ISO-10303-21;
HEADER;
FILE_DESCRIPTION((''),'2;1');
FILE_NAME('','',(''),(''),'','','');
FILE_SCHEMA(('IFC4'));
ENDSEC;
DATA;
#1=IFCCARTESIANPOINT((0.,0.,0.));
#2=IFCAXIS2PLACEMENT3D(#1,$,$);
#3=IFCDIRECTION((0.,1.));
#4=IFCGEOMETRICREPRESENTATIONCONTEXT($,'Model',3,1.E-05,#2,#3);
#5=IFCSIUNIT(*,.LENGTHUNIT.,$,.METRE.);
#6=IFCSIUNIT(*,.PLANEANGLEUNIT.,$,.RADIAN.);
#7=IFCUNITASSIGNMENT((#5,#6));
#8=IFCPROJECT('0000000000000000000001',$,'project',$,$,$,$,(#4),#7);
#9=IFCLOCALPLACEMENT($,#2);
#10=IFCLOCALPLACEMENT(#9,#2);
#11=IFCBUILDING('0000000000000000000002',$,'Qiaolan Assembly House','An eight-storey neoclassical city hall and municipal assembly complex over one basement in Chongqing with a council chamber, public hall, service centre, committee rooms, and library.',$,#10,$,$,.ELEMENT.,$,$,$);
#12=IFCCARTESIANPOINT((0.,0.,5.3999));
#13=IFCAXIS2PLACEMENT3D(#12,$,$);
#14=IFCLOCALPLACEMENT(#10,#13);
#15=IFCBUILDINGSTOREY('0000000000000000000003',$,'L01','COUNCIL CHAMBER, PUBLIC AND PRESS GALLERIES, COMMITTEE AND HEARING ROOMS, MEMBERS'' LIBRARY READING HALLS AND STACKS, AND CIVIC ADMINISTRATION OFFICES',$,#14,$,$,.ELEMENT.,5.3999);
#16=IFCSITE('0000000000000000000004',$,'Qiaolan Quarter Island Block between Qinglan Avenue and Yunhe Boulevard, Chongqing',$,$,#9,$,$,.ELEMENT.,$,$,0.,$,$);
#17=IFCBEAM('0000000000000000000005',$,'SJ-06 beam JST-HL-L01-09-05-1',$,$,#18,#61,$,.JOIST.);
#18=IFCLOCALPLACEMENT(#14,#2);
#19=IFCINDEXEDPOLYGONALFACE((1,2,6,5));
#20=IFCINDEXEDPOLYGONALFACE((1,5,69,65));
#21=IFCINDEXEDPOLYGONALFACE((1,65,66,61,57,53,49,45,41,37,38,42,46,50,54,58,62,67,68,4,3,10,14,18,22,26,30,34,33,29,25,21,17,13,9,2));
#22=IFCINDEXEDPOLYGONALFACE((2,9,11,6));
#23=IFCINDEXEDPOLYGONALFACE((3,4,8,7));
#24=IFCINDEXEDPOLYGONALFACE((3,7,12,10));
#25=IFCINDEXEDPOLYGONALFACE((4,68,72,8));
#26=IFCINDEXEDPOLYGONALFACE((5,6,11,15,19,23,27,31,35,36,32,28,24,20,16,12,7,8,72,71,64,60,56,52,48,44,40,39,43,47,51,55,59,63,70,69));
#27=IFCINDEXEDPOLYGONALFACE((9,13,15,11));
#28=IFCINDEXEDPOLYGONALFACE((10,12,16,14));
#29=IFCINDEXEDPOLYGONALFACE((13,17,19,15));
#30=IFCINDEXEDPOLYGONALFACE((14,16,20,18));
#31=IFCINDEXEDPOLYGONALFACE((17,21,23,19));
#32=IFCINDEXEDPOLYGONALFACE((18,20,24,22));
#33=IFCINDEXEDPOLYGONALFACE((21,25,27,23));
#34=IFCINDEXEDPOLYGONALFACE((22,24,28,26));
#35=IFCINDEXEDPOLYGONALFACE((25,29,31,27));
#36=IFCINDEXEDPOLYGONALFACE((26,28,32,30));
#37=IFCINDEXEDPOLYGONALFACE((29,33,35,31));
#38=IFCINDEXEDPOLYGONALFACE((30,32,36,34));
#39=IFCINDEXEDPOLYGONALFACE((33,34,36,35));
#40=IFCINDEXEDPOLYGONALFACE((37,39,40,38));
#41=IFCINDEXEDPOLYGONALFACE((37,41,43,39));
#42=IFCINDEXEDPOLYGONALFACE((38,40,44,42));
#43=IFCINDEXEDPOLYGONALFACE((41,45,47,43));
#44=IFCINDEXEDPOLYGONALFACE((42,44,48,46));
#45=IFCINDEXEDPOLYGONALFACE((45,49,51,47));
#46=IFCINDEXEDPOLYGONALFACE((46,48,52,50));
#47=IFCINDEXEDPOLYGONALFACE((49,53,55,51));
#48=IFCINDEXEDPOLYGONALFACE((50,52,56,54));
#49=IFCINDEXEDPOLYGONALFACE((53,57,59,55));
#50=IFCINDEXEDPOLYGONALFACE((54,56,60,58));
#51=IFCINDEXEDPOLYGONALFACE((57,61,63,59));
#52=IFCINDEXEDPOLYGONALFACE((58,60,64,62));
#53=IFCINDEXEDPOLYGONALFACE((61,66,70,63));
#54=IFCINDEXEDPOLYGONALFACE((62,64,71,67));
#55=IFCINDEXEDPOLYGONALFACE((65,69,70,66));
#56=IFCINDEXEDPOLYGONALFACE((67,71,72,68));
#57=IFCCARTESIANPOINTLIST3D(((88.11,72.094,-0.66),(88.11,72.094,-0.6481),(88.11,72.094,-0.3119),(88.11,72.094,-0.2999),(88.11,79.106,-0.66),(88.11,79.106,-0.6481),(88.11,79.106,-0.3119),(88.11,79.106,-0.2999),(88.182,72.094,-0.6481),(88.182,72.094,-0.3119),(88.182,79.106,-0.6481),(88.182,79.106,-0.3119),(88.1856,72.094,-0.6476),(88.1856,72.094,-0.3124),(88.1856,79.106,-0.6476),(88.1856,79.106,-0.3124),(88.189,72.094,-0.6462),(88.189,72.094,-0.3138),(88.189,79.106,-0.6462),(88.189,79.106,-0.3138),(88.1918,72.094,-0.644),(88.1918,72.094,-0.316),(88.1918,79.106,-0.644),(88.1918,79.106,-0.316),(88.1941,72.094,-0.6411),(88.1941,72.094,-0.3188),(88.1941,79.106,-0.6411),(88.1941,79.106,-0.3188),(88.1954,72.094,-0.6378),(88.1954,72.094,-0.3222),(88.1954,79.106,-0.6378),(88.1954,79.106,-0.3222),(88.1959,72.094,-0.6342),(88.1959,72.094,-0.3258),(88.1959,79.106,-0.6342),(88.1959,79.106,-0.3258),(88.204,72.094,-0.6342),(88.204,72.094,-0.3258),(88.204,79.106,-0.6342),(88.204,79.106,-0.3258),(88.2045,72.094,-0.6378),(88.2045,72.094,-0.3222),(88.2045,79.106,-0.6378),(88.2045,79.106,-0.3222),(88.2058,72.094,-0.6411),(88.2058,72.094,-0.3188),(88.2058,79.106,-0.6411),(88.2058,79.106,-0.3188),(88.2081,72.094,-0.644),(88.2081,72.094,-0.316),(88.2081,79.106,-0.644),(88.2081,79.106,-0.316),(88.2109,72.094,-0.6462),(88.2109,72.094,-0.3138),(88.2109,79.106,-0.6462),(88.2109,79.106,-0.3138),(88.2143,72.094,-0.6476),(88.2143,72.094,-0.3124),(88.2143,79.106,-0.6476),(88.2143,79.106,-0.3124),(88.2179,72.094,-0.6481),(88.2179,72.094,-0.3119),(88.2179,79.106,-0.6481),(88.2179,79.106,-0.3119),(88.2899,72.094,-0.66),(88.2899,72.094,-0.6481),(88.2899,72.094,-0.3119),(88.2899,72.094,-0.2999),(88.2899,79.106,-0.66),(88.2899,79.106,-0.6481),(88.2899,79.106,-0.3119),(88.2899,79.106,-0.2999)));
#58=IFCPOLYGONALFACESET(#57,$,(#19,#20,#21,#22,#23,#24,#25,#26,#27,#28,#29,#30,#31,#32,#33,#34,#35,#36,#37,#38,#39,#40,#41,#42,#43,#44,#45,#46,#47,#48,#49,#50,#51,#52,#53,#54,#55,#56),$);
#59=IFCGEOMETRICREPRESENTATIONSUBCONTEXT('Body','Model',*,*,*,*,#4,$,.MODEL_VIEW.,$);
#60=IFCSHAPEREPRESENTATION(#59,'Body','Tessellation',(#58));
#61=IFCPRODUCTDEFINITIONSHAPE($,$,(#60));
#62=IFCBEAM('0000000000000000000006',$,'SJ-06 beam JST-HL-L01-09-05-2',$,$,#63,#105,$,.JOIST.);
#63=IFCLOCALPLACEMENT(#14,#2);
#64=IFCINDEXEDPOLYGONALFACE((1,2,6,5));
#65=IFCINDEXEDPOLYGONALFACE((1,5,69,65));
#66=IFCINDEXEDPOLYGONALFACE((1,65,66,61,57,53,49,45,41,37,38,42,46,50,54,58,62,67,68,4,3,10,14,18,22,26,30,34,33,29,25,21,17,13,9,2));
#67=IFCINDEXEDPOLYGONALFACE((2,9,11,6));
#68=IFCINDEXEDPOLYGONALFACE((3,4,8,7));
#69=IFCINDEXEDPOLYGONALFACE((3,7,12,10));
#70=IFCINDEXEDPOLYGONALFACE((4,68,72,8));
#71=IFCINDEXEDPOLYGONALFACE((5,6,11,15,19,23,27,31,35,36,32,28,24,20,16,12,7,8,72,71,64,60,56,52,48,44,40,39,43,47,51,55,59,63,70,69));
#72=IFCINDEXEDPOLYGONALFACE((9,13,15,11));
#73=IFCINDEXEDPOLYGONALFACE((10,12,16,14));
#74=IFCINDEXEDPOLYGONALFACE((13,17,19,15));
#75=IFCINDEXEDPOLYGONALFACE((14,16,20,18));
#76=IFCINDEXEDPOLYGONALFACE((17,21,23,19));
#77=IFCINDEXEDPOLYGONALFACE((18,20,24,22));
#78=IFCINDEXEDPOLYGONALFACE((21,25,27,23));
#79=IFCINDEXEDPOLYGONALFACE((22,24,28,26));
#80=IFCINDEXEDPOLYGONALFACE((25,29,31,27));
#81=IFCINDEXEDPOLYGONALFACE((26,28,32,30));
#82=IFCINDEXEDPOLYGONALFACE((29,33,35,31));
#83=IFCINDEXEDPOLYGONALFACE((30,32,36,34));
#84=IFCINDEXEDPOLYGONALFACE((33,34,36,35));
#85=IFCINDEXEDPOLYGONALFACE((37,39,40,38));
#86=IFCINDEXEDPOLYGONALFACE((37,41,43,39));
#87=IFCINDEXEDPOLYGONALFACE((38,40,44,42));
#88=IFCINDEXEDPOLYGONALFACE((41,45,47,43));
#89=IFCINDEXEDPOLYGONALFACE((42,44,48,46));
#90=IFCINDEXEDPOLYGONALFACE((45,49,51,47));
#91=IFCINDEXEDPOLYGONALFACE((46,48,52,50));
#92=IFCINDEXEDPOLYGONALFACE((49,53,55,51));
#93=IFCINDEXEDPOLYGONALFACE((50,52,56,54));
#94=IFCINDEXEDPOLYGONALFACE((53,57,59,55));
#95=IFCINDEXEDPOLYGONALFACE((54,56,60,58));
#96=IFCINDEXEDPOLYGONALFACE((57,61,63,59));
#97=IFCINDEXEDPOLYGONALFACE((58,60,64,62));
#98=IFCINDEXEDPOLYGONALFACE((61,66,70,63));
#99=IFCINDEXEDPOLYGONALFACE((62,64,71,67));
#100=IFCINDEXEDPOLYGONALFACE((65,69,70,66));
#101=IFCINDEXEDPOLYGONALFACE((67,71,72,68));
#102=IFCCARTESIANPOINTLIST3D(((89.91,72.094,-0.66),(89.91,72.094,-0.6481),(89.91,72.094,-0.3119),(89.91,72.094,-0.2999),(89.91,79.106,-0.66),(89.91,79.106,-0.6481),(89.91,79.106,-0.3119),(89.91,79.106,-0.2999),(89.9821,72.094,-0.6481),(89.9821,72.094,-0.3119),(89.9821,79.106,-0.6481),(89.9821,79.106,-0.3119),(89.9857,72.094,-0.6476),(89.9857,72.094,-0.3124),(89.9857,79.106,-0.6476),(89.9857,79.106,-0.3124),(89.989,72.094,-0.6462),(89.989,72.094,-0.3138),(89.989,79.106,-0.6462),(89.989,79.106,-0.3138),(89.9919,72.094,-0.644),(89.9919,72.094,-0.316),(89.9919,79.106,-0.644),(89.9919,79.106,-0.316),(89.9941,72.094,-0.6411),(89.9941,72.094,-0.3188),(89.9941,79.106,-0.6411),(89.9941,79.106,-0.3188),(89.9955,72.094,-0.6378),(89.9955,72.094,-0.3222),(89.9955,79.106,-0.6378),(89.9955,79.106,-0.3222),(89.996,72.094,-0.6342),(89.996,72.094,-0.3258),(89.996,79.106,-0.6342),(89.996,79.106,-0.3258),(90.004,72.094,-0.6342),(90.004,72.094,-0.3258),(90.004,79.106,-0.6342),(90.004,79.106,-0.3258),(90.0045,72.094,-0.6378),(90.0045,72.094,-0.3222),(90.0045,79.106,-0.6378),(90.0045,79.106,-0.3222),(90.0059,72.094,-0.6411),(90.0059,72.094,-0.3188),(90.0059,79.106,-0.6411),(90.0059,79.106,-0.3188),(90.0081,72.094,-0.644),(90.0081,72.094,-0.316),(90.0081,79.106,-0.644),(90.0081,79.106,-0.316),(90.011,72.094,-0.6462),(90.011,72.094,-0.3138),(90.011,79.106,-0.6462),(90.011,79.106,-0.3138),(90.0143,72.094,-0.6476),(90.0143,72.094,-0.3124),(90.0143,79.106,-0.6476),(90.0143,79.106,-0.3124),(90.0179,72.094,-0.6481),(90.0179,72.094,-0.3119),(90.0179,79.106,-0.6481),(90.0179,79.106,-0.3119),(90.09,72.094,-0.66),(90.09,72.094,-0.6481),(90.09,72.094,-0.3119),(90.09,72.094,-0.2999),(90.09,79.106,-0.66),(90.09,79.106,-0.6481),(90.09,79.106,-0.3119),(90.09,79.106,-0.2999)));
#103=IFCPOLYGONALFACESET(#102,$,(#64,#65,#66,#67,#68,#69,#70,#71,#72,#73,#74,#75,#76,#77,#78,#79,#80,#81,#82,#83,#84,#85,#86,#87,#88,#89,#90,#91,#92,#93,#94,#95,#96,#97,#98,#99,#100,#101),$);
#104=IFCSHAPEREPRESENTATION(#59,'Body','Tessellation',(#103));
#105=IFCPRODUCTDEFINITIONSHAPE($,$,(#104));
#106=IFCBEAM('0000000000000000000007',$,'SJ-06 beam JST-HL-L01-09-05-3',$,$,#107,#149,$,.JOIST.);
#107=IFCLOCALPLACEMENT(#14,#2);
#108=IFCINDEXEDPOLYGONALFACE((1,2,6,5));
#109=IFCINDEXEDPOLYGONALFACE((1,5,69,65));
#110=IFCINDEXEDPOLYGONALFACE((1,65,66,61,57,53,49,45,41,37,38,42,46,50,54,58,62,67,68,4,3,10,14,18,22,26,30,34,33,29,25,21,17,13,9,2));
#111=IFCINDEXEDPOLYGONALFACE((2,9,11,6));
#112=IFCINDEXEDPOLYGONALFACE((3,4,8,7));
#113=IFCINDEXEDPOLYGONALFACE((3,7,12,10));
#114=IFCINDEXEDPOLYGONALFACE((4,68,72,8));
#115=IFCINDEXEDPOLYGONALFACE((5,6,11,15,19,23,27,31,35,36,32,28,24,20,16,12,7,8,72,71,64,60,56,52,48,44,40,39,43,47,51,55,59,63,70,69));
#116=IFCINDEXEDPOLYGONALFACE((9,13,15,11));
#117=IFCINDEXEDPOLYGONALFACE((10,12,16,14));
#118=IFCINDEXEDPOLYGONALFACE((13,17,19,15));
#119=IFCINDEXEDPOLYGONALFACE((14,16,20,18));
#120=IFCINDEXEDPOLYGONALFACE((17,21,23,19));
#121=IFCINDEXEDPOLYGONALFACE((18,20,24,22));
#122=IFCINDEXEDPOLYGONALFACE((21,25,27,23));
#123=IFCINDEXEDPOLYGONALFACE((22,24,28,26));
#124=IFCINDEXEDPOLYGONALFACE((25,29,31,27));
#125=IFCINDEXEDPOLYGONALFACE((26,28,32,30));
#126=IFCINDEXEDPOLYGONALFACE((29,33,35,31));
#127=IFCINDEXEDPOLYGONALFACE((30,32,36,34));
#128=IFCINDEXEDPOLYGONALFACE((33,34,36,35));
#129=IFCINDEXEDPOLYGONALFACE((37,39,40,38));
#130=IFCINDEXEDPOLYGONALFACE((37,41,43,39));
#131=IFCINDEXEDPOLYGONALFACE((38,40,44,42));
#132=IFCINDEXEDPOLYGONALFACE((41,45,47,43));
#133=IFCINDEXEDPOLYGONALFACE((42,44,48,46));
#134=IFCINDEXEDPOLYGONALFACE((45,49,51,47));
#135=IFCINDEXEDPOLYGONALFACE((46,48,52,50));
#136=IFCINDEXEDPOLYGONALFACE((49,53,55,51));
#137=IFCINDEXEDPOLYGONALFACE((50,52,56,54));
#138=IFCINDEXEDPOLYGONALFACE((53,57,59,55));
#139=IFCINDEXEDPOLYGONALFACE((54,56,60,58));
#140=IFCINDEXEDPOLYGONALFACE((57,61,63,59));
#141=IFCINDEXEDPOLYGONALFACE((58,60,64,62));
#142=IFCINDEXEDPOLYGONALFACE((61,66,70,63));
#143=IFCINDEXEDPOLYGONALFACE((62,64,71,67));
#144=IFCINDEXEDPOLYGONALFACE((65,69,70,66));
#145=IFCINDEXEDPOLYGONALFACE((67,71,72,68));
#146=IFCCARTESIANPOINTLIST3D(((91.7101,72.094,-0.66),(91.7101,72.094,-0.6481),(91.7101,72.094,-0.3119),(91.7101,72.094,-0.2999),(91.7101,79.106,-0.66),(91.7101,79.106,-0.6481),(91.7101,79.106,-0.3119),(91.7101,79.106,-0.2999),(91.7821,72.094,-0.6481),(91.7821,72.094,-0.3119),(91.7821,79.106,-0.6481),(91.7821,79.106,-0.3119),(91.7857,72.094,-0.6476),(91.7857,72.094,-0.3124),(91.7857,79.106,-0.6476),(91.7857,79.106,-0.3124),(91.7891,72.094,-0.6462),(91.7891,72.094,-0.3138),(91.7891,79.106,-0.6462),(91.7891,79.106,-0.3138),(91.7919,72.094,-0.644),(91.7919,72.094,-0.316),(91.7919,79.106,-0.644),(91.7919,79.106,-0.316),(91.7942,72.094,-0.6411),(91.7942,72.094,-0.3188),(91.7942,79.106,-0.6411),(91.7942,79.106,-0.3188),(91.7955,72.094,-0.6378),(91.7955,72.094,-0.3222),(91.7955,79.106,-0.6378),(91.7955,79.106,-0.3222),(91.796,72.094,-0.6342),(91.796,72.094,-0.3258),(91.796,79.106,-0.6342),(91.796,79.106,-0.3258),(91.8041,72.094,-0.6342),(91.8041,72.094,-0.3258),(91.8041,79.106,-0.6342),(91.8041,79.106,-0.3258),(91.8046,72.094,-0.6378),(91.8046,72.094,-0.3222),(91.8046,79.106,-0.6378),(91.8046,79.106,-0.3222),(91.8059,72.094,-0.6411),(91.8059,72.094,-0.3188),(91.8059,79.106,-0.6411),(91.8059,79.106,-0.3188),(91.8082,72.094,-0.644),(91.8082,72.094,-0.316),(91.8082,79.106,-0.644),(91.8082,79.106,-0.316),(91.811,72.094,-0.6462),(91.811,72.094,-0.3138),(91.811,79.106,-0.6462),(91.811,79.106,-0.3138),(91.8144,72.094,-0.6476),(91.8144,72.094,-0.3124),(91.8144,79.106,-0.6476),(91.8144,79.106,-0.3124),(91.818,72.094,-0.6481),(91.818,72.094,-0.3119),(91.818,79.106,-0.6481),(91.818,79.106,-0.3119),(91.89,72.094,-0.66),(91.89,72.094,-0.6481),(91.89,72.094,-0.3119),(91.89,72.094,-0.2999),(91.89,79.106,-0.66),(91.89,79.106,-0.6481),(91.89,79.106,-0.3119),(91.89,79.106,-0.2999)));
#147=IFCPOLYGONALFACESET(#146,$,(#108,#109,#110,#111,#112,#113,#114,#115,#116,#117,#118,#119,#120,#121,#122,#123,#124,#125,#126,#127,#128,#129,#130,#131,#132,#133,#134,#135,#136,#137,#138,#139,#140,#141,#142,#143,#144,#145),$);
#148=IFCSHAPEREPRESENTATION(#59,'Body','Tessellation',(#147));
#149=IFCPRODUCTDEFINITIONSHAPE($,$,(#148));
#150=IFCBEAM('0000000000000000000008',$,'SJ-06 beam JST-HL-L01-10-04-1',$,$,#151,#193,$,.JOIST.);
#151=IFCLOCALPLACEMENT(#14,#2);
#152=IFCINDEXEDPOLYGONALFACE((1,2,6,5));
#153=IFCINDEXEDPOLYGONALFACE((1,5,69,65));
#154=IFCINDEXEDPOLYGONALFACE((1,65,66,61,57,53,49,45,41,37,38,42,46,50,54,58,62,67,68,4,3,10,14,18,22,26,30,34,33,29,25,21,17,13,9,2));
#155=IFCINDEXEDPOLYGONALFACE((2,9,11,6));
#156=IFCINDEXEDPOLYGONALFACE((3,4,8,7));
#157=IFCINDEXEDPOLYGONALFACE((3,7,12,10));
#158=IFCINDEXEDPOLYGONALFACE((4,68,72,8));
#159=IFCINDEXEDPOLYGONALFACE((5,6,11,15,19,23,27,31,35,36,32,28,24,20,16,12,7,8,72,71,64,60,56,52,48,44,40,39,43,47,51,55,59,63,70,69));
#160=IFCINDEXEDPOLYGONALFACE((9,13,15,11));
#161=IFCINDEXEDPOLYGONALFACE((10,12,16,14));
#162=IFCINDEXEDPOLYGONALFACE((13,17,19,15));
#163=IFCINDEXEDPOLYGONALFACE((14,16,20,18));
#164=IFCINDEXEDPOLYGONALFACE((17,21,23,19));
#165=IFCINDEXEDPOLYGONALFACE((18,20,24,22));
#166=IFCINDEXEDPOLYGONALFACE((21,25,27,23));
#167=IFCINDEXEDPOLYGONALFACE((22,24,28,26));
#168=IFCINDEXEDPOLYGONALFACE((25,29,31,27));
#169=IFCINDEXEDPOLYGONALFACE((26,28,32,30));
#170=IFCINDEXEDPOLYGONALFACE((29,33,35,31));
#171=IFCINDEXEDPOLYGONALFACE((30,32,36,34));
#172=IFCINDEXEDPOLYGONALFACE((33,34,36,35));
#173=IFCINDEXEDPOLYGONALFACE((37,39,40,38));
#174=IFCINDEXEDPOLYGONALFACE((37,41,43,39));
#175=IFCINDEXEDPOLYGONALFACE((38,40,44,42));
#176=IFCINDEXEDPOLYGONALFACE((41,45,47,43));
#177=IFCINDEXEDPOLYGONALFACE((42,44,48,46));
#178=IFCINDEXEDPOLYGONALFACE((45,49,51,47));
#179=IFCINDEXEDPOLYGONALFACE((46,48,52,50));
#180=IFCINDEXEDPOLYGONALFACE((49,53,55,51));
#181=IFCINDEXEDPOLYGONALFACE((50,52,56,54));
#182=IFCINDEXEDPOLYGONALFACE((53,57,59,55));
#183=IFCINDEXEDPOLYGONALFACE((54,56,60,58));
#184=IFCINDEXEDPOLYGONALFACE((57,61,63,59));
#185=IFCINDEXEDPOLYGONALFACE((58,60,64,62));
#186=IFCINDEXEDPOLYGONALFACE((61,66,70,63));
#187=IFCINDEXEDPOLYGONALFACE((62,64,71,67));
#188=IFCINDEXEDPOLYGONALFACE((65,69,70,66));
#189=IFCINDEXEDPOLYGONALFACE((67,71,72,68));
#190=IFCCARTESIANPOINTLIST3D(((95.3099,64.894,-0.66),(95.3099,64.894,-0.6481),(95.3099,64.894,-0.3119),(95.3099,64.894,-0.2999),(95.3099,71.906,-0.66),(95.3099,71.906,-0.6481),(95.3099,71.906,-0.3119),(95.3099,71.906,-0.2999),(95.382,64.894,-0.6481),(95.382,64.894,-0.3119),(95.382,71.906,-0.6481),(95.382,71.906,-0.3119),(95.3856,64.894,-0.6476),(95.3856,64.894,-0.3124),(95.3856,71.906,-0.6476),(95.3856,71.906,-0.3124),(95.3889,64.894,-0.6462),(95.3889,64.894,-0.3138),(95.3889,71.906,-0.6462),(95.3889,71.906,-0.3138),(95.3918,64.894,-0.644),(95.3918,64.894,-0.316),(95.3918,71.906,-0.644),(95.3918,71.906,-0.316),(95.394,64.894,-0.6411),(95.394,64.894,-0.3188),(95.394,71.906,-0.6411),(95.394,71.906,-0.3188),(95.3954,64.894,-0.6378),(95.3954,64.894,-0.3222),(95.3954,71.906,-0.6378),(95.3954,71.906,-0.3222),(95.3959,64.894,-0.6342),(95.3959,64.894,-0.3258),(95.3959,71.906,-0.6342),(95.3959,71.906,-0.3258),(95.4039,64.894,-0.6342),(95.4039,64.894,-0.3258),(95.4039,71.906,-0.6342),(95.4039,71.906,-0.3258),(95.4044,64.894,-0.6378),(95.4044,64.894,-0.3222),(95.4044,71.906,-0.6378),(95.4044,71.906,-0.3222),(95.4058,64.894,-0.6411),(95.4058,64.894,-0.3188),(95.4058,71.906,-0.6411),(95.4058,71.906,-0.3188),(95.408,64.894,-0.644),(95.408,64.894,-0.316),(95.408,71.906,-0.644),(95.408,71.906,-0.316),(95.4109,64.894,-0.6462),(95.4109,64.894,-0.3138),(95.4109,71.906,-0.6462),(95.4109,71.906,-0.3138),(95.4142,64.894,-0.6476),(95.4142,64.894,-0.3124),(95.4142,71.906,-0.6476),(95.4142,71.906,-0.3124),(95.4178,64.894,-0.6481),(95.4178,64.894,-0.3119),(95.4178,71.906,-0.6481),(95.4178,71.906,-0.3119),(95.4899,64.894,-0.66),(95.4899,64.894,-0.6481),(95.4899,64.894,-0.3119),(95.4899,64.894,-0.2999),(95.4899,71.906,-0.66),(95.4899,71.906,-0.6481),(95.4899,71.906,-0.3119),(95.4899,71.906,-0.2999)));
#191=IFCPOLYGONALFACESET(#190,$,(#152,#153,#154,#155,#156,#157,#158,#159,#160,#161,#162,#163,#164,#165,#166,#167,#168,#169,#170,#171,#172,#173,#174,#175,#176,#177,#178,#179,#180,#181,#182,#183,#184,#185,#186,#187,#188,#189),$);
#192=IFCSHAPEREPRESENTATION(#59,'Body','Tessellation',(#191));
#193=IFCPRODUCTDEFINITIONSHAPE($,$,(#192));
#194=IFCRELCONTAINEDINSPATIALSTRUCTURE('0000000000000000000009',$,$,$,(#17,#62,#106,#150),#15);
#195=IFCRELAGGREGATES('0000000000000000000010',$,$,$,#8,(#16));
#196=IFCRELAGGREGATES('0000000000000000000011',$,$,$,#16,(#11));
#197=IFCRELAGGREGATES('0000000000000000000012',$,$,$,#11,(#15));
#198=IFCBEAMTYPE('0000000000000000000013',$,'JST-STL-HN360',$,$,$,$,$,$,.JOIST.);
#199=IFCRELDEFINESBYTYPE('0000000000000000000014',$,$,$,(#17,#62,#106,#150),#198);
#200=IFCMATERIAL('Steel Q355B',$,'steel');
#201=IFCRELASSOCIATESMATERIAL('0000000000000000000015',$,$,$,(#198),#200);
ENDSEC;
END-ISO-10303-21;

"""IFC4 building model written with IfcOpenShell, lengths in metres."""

from ifc_helpers import new_model, si_unit, direction, frame, origin, origin_2d, place, context, subcontext, project, spatial, i_section, extrude, material, material_profile, profile_set, type_object, element, save


model = new_model("IFC4")

# Units and contexts
model_context = context("Model", 3, precision=1e-05, world=origin(), true_north=direction((0.0, 1.0)))
body_context = subcontext(model_context, "Body", "Model", "MODEL_VIEW")
ifc_project = project(units=[si_unit("LENGTHUNIT", "METRE"), si_unit("PLANEANGLEUNIT", "RADIAN")], contexts=[model_context])

# Site, building, storey
site_placement = place(None, origin())
site = spatial("IfcSite", under=ifc_project, at=site_placement, Name="Qiaolan Quarter Island Block between Qinglan Avenue and Yunhe Boulevard, Chongqing", CompositionType="ELEMENT", RefElevation=0.0)
building_placement = place(site_placement, origin())
building = spatial("IfcBuilding", under=site, at=building_placement, Name="Qiaolan Assembly House", Description="An eight-storey neoclassical city hall and municipal assembly complex over one basement in Chongqing with a council chamber, public hall, service centre, committee rooms, and library.", CompositionType="ELEMENT")
storey_placement = place(building_placement, frame((0.0, 0.0, 5.3999)))
storey = spatial("IfcBuildingStorey", under=building, at=storey_placement, Name="L01", Description="COUNCIL CHAMBER, PUBLIC AND PRESS GALLERIES, COMMITTEE AND HEARING ROOMS, MEMBERS' LIBRARY READING HALLS AND STACKS, AND CIVIC ADMINISTRATION OFFICES", CompositionType="ELEMENT", Elevation=5.3999)

# Shared definitions
ifc_material_1 = material(Name="Steel Q355B", Category="steel")

# Beams
ifc_material_profile_1 = material_profile(ifc_material_1, i_section(OverallWidth=0.1799, OverallDepth=0.3601, WebThickness=0.0081, FlangeThickness=0.012, FilletRadius=0.0139, at=origin_2d()), Name="HN 360x180x8x12")
ifc_profile_set_1 = profile_set([ifc_material_profile_1], Name="Steel Q355B")
beam_type_1 = type_object("IfcBeamType", Name="JST-STL-HN360", PredefinedType="JOIST", material=ifc_profile_set_1)
for number, where, z_axis, x_axis, name in (
    (1, (88.2, 72.094, -0.48), (0.0, 1.0, 0.0), (-1.0, 0.0, 0.0), "SJ-06 beam JST-HL-L01-09-05-1"),
    (2, (90.0, 72.094, -0.48), (0.0, 1.0, 0.0), (-1.0, 0.0, 0.0), "SJ-06 beam JST-HL-L01-09-05-2"),
    (3, (91.8, 72.094, -0.48), (0.0, 1.0, 0.0), (-1.0, 0.0, 0.0), "SJ-06 beam JST-HL-L01-09-05-3"),
    (4, (95.3999, 64.894, -0.48), (0.0, 1.0, 0.0), (-1.0, 0.0, 0.0), "SJ-06 beam JST-HL-L01-10-04-1"),
):
    element("IfcBeam", number, at=place(storey_placement, frame(where, z_axis=z_axis, x_axis=x_axis)), inside=storey, type_object=beam_type_1, Name=name, PredefinedType="JOIST", context=body_context, shape_type="SweptSolid", body=[
        extrude(i_section(OverallWidth=0.1799, OverallDepth=0.3601, WebThickness=0.0081, FlangeThickness=0.012, FilletRadius=0.0139, at=origin_2d()), origin(), (0.0, 0.0, 1.0), 7.012),
    ])

save(model, "model.ifc")
